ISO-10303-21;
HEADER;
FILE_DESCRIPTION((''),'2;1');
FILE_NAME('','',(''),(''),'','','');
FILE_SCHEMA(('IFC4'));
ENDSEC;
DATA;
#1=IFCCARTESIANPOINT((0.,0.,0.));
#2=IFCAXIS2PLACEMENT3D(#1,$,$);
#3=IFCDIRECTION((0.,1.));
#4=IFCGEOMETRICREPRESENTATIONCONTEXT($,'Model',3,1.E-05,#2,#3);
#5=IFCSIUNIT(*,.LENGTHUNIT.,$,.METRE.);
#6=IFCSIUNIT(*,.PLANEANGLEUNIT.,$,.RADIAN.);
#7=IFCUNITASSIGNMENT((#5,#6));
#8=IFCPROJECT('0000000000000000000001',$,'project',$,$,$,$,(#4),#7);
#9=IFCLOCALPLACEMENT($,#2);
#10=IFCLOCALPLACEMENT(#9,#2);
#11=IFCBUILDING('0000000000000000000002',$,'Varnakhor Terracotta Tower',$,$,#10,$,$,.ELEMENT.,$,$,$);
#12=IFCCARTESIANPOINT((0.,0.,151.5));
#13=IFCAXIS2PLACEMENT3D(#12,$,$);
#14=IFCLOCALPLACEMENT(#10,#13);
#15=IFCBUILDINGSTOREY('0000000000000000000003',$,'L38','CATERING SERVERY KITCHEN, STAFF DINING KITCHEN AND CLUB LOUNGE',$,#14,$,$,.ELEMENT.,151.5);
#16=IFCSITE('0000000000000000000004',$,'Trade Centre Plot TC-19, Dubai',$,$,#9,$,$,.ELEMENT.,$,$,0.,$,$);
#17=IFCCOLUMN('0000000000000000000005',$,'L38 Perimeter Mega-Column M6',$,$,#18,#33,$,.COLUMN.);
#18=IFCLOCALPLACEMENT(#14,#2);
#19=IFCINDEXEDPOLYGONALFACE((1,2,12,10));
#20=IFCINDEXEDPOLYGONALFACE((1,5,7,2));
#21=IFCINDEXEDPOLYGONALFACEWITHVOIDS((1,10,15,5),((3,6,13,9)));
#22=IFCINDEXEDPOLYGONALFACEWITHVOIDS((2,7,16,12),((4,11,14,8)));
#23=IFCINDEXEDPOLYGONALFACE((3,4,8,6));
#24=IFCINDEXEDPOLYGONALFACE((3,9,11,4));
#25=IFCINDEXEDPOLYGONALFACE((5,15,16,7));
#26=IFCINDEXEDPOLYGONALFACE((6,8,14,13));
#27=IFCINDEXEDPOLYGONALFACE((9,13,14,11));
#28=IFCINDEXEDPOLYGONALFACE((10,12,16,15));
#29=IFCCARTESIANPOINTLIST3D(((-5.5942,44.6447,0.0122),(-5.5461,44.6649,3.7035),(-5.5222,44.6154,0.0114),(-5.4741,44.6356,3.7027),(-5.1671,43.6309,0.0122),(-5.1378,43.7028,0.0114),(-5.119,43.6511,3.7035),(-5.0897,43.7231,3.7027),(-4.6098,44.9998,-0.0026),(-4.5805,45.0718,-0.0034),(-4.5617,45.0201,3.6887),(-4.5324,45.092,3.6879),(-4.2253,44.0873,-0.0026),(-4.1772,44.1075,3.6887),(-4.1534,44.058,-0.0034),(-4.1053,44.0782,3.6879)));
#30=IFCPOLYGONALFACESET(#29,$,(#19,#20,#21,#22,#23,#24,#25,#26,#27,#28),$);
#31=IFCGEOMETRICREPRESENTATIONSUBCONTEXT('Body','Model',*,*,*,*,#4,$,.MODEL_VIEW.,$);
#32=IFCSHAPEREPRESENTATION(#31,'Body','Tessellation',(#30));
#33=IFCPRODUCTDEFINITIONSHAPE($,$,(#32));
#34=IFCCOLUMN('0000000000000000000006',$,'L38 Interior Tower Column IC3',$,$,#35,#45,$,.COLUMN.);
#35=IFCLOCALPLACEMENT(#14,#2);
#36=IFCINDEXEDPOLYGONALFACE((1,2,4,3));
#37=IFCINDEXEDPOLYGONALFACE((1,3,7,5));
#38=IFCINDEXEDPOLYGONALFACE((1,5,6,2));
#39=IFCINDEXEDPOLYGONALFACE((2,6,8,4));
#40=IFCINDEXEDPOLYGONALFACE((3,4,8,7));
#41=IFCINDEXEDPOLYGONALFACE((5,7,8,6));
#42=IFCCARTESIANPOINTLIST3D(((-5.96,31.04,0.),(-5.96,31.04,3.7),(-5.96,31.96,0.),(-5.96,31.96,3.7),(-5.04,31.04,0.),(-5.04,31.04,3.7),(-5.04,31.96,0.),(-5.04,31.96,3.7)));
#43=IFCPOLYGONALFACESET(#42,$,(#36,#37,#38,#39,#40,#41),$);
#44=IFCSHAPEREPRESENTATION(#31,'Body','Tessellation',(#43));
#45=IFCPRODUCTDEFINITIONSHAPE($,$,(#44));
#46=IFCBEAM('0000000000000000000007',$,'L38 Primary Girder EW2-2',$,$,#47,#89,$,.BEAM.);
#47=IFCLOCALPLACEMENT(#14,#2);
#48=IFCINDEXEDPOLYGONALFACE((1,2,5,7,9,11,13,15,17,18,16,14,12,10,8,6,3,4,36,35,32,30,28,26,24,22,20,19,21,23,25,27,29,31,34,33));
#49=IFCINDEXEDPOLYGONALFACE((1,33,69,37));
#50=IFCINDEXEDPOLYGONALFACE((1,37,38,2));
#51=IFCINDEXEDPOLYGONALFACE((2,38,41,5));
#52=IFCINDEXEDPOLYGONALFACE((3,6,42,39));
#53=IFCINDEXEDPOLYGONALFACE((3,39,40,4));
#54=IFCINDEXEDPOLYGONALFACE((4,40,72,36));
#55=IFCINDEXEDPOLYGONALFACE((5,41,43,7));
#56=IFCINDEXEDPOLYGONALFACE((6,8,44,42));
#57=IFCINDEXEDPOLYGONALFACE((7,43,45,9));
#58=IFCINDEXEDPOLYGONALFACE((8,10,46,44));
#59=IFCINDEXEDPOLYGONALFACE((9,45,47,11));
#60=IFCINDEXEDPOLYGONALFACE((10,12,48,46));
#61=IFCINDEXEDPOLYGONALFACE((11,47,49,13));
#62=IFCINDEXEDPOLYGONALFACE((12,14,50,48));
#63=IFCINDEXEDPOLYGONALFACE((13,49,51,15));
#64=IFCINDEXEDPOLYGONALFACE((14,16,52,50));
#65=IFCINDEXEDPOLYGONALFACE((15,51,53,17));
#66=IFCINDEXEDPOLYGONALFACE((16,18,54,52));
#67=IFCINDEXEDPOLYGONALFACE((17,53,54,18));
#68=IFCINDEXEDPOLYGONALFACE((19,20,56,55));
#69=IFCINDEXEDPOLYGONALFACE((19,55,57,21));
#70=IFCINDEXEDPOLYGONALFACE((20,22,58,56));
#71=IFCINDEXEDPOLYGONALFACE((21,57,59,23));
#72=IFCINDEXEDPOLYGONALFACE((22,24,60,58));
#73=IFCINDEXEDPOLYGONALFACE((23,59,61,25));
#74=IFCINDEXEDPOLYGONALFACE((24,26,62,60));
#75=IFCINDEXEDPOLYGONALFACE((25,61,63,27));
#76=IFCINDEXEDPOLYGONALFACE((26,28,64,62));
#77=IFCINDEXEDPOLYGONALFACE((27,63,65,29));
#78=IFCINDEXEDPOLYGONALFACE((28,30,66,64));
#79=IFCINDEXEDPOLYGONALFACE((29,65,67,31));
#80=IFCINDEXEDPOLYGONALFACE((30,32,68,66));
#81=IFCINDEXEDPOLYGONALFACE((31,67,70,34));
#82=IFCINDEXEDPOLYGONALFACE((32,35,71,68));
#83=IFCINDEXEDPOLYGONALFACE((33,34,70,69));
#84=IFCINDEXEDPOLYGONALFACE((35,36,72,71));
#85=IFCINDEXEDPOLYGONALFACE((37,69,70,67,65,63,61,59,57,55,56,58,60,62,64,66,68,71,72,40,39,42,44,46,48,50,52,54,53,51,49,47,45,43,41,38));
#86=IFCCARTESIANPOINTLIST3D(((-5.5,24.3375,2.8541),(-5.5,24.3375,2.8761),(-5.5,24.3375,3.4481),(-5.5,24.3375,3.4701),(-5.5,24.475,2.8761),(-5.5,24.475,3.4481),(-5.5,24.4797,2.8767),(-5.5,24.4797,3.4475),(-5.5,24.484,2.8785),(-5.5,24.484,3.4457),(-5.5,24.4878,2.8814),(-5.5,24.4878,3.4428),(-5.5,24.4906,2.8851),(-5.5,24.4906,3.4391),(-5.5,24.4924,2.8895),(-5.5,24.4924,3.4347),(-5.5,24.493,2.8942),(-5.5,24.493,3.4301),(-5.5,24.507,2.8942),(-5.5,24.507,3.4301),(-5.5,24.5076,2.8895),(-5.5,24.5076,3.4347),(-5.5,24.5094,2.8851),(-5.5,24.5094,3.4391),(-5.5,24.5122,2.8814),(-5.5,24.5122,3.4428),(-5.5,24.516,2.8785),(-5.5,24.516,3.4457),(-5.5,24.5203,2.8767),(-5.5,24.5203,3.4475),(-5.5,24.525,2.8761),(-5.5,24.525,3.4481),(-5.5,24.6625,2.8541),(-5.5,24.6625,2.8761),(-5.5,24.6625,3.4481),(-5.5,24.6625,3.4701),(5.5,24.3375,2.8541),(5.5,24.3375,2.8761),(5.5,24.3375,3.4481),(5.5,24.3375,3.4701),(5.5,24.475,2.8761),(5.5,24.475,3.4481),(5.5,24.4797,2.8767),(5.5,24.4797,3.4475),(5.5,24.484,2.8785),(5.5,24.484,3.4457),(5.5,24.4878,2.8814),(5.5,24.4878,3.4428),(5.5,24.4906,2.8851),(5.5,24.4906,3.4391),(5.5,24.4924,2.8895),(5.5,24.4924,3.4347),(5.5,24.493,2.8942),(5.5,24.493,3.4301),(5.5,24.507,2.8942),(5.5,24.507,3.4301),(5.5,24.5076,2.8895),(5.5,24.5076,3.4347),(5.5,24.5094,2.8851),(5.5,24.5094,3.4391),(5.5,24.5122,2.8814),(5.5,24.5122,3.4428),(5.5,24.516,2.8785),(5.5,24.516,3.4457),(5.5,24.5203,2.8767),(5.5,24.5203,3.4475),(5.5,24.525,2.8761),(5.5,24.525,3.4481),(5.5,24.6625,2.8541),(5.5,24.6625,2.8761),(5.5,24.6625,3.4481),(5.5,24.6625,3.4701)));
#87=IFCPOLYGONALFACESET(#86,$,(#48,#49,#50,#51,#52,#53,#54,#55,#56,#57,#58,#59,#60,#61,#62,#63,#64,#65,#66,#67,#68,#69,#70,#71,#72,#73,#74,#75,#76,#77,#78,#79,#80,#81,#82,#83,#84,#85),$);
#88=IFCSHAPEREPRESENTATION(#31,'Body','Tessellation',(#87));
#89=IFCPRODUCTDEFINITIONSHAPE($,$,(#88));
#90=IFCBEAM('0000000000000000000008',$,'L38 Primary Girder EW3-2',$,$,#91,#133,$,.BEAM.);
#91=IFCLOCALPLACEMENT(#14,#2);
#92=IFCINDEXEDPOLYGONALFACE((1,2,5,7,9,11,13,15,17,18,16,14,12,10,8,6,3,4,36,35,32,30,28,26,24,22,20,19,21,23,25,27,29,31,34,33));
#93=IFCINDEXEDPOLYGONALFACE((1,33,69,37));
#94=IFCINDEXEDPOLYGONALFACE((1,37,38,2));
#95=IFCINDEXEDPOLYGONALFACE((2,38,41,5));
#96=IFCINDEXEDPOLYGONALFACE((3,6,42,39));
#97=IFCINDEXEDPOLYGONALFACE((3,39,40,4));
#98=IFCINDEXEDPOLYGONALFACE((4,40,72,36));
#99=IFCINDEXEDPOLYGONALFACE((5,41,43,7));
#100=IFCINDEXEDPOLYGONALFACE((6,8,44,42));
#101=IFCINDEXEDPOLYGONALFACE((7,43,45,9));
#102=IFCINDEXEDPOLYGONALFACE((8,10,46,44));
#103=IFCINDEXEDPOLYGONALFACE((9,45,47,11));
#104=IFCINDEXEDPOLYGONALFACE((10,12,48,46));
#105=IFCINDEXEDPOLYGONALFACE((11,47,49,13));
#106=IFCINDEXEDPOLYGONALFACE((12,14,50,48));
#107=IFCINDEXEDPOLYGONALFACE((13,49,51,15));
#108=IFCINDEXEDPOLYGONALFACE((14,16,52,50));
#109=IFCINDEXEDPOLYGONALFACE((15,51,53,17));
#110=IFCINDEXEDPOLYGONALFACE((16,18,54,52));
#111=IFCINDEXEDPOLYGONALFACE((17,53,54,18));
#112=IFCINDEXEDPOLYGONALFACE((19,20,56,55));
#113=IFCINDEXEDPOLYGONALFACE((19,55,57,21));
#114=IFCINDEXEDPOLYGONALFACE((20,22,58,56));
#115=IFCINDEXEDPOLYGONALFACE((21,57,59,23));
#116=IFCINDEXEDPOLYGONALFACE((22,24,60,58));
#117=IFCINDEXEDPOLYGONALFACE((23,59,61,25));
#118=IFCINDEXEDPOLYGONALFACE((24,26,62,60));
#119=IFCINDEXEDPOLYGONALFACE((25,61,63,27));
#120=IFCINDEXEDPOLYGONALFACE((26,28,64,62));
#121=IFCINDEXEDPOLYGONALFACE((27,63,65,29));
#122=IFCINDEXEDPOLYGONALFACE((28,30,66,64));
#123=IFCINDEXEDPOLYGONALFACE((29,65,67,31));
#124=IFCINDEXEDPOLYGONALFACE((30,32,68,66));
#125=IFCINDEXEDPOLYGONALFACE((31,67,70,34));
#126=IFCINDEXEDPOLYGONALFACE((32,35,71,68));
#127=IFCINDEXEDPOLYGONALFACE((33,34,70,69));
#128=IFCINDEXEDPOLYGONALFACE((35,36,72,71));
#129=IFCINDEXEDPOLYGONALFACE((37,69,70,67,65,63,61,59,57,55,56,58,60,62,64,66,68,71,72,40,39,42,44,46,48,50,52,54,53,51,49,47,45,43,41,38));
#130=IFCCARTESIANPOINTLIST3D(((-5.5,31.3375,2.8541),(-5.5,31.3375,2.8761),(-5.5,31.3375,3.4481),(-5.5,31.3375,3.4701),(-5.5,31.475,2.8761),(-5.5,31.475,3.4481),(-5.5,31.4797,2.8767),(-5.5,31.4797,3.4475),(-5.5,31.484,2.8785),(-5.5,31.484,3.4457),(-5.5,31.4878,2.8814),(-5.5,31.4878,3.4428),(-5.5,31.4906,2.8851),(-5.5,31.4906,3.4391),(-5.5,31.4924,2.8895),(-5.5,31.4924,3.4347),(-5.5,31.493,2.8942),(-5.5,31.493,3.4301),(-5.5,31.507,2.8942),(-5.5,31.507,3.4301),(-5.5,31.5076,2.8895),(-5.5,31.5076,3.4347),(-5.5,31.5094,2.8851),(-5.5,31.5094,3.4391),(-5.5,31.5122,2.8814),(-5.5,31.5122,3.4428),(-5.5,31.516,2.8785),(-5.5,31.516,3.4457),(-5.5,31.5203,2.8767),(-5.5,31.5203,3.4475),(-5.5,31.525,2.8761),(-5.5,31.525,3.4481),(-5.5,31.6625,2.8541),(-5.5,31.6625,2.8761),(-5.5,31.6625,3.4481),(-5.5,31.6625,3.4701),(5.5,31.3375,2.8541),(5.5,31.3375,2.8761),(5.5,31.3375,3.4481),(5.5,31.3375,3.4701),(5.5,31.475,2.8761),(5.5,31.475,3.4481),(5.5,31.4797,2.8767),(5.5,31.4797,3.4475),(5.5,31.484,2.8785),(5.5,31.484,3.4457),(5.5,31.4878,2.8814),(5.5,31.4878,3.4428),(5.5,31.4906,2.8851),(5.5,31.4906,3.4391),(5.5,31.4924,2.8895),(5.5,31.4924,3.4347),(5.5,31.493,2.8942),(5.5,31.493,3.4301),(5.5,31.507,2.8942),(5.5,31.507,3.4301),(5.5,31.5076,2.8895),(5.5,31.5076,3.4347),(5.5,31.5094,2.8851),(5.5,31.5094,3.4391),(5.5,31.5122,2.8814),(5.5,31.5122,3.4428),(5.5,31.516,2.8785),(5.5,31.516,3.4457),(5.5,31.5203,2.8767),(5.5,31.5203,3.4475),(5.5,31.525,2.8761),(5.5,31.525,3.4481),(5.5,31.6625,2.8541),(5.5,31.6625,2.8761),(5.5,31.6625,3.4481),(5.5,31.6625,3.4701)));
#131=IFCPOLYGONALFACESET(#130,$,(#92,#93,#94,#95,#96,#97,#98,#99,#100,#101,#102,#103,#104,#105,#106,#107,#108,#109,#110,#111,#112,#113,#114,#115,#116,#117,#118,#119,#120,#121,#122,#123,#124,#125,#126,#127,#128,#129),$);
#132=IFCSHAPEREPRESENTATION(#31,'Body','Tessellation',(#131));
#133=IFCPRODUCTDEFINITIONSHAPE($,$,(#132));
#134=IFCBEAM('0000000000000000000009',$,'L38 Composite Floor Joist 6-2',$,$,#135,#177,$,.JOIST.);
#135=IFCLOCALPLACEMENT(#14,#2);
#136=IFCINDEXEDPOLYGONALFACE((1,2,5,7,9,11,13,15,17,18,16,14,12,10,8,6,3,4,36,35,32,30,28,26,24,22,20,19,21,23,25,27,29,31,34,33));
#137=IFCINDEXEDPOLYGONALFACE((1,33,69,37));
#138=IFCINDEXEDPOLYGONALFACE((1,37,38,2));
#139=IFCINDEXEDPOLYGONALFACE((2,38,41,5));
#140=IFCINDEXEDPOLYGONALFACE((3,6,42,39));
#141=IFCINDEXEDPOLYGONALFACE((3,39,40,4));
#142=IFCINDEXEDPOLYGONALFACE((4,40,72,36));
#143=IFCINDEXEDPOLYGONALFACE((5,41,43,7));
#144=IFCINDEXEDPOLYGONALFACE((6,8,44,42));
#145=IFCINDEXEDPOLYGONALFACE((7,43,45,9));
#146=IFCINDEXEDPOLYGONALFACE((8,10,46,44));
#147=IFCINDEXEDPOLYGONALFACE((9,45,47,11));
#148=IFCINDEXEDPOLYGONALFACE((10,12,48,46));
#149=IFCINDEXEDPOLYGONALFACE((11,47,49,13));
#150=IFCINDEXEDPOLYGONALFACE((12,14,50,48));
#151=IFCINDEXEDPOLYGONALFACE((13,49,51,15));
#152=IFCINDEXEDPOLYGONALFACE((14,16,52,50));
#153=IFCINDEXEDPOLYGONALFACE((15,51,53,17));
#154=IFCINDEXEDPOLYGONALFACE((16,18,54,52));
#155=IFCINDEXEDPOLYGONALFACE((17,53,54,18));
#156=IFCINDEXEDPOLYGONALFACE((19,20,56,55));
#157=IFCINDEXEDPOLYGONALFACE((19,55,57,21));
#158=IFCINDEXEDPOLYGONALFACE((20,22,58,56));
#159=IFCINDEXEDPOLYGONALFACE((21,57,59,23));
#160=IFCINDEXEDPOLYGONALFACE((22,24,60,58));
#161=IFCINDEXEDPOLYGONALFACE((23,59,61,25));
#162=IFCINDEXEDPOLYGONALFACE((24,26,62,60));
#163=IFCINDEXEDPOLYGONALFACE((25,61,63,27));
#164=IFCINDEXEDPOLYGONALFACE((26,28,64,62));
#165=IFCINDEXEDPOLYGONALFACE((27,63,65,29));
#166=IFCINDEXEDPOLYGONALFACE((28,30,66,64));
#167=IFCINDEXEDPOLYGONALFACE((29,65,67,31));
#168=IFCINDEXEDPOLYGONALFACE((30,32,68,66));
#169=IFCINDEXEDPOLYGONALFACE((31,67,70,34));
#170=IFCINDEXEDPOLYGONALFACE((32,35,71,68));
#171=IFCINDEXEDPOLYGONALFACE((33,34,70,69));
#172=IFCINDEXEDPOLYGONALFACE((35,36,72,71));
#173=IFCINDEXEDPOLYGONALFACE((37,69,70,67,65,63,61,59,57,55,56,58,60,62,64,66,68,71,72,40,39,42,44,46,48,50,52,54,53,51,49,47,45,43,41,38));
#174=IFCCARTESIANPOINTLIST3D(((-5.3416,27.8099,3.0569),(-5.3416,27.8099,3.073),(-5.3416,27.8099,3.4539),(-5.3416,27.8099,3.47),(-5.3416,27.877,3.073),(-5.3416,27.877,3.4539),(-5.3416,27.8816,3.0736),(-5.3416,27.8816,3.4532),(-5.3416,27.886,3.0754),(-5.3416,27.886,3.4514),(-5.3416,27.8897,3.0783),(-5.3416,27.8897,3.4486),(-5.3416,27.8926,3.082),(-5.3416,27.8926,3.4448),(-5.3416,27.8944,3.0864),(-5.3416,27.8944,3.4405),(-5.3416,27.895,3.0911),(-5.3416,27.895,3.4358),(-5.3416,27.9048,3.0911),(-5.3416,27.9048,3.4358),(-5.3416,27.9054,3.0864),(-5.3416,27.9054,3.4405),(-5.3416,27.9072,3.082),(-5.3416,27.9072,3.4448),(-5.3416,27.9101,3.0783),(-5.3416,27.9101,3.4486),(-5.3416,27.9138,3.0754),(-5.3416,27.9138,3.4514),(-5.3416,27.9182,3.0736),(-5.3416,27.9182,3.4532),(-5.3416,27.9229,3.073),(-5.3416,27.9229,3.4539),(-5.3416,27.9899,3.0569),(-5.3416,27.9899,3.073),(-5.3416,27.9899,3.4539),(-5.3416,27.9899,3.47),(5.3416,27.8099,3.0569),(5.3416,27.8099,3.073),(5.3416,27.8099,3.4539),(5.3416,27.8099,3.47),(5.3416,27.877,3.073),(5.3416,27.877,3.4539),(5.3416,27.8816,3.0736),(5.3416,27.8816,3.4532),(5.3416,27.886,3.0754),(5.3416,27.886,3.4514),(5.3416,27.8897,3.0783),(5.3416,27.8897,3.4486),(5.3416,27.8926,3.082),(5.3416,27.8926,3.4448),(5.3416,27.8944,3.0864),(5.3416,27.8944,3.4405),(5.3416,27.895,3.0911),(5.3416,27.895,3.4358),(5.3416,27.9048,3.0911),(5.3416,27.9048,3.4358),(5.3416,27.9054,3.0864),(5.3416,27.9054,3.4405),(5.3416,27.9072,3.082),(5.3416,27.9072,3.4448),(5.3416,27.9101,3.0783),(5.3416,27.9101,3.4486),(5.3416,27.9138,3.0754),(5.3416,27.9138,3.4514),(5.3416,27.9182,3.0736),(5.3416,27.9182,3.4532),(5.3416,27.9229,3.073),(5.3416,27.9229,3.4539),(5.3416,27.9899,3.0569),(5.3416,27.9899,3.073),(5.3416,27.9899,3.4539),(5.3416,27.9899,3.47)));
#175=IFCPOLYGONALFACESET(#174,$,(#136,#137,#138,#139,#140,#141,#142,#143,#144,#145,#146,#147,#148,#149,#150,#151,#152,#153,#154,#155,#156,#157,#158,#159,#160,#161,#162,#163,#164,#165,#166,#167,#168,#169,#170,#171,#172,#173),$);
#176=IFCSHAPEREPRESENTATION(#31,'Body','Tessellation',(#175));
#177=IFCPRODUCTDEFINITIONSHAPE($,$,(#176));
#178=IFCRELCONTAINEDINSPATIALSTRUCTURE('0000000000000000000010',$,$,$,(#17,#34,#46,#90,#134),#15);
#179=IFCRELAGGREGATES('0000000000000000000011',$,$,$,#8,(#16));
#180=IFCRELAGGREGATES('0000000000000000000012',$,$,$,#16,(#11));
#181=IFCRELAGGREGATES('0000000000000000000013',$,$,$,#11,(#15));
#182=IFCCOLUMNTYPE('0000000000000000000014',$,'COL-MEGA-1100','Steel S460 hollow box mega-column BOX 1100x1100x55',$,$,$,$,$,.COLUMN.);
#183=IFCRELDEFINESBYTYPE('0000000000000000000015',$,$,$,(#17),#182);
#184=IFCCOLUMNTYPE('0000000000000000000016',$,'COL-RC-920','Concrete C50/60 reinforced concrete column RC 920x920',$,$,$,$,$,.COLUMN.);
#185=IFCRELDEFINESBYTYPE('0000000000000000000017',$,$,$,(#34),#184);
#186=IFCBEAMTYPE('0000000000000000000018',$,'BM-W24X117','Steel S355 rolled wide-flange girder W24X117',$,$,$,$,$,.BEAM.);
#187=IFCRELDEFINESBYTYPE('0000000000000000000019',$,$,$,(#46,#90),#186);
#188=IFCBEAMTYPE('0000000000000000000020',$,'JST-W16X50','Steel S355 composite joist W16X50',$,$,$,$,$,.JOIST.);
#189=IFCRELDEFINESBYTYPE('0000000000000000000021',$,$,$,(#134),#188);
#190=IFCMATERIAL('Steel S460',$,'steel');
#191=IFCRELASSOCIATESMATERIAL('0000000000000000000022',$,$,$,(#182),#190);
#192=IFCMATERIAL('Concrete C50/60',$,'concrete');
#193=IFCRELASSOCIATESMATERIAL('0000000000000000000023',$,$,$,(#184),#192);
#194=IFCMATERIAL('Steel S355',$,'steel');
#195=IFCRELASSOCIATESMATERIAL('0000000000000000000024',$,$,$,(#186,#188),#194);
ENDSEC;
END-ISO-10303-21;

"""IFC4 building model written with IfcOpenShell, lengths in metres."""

from ifc_helpers import new_model, si_unit, direction, frame, origin, origin_2d, place, context, subcontext, project, spatial, rectangle, hollow_rectangle, i_section, extrude, source, transform, mapped, material, material_profile, profile_set, type_object, element, save


model = new_model("IFC4")

# Units and contexts
model_context = context("Model", 3, precision=1e-05, world=origin(), true_north=direction((0.0, 1.0)))
body_context = subcontext(model_context, "Body", "Model", "MODEL_VIEW")
ifc_project = project(units=[si_unit("LENGTHUNIT", "METRE"), si_unit("PLANEANGLEUNIT", "RADIAN")], contexts=[model_context])

# Site, building, storey
site_placement = place(None, origin())
site = spatial("IfcSite", under=ifc_project, at=site_placement, Name="Trade Centre Plot TC-19, Dubai", CompositionType="ELEMENT", RefElevation=0.0)
building_placement = place(site_placement, origin())
building = spatial("IfcBuilding", under=site, at=building_placement, Name="Varnakhor Terracotta Tower", CompositionType="ELEMENT")
storey_placement = place(building_placement, frame((0.0, 0.0, 151.5)))
storey = spatial("IfcBuildingStorey", under=building, at=storey_placement, Name="L38", Description="CATERING SERVERY KITCHEN, STAFF DINING KITCHEN AND CLUB LOUNGE", CompositionType="ELEMENT", Elevation=151.5)

# Columns
ifc_material_1 = material(Name="Steel S460", Category="steel")
ifc_material_profile_1 = material_profile(ifc_material_1, hollow_rectangle(XDim=1.1001, YDim=1.1001, WallThickness=0.0549, at=origin_2d()), Name="BOX 1100x1100x55")
ifc_profile_set_1 = profile_set([ifc_material_profile_1], Name="Steel S460")
column_type_1 = type_object("IfcColumnType", Name="COL-MEGA-1100", Description="Steel S460 hollow box mega-column BOX 1100x1100x55", PredefinedType="COLUMN", material=ifc_profile_set_1)
shared_shape_1 = source(origin(), body_context, "Body", "SweptSolid", [
    extrude(hollow_rectangle(XDim=1.1001, YDim=1.1001, WallThickness=0.0549, at=origin_2d()), origin(), (0.0, 0.0, 1.0), 3.6917),
])
column_1_placement = place(storey_placement, frame((-4.8738, 44.3513, 0.0044), z_axis=(0.013029, 0.005489, 0.9999), x_axis=(-0.388266, 0.921547, 0.0)))
element("IfcColumn", 1, at=column_1_placement, inside=storey, type_object=column_type_1, Name="L38 Perimeter Mega-Column M6", PredefinedType="COLUMN", context=body_context, shape_type="MappedRepresentation", body=[
    mapped(shared_shape_1, transform((0.0, 0.0, 0.0), scale=1.0)),
])
ifc_material_2 = material(Name="Concrete C50/60", Category="concrete")
ifc_material_profile_2 = material_profile(ifc_material_2, rectangle(XDim=0.9199, YDim=0.9199, at=origin_2d()), Name="RC 920x920")
ifc_profile_set_2 = profile_set([ifc_material_profile_2], Name="Concrete C50/60")
column_type_2 = type_object("IfcColumnType", Name="COL-RC-920", Description="Concrete C50/60 reinforced concrete column RC 920x920", PredefinedType="COLUMN", material=ifc_profile_set_2)
shared_shape_2 = source(origin(), body_context, "Body", "SweptSolid", [
    extrude(rectangle(XDim=0.9199, YDim=0.9199, at=origin_2d()), origin(), (0.0, 0.0, 1.0), 3.7),
])
column_2_placement = place(storey_placement, frame((-5.5, 31.5, 0.0), z_axis=(0.0, 0.0, 1.0), x_axis=(1.0, 0.0, 0.0)))
element("IfcColumn", 2, at=column_2_placement, inside=storey, type_object=column_type_2, Name="L38 Interior Tower Column IC3", PredefinedType="COLUMN", context=body_context, shape_type="MappedRepresentation", body=[
    mapped(shared_shape_2, transform((0.0, 0.0, 0.0), scale=1.0)),
])

# Beams
ifc_material_3 = material(Name="Steel S355", Category="steel")
ifc_material_profile_3 = material_profile(ifc_material_3, i_section(OverallWidth=0.325, OverallDepth=0.616, WebThickness=0.0139, FlangeThickness=0.022, FilletRadius=0.0181, at=origin_2d()), Name="W24X117")
ifc_profile_set_3 = profile_set([ifc_material_profile_3], Name="Steel S355")
beam_type_1 = type_object("IfcBeamType", Name="BM-W24X117", Description="Steel S355 rolled wide-flange girder W24X117", PredefinedType="BEAM", material=ifc_profile_set_3)
shared_shape_3 = source(origin(), body_context, "Body", "SweptSolid", [
    extrude(i_section(OverallWidth=0.325, OverallDepth=0.616, WebThickness=0.0139, FlangeThickness=0.022, FilletRadius=0.0181, at=origin_2d()), origin(), (0.0, 0.0, 1.0), 11.0),
])
for number, where, z_axis, x_axis, name in (
    (3, (-5.5, 24.5, 3.1621), (1.0, 0.0, 0.0), (0.0, 1.0, 0.0), "L38 Primary Girder EW2-2"),
    (4, (-5.5, 31.5, 3.1621), (1.0, 0.0, 0.0), (0.0, 1.0, 0.0), "L38 Primary Girder EW3-2"),
):
    element("IfcBeam", number, at=place(storey_placement, frame(where, z_axis=z_axis, x_axis=x_axis)), inside=storey, type_object=beam_type_1, Name=name, PredefinedType="BEAM", context=body_context, shape_type="MappedRepresentation", body=[
        mapped(shared_shape_3, transform((0.0, 0.0, 0.0), scale=1.0)),
    ])
ifc_material_profile_4 = material_profile(ifc_material_3, i_section(OverallWidth=0.1799, OverallDepth=0.4131, WebThickness=0.0098, FlangeThickness=0.0161, FilletRadius=0.0181, at=origin_2d()), Name="W16X50")
ifc_profile_set_4 = profile_set([ifc_material_profile_4], Name="Steel S355")
beam_type_2 = type_object("IfcBeamType", Name="JST-W16X50", Description="Steel S355 composite joist W16X50", PredefinedType="JOIST", material=ifc_profile_set_4)
shared_shape_4 = source(origin(), body_context, "Body", "SweptSolid", [
    extrude(i_section(OverallWidth=0.1799, OverallDepth=0.4131, WebThickness=0.0098, FlangeThickness=0.0161, FilletRadius=0.0181, at=origin_2d()), origin(), (0.0, 0.0, 1.0), 10.6831),
])
for number, where, z_axis, x_axis, name in (
    (5, (-5.3416, 27.8999, 3.2634), (1.0, 0.0, 0.0), (0.0, 1.0, 0.0), "L38 Composite Floor Joist 6-2"),
):
    element("IfcBeam", number, at=place(storey_placement, frame(where, z_axis=z_axis, x_axis=x_axis)), inside=storey, type_object=beam_type_2, Name=name, PredefinedType="JOIST", context=body_context, shape_type="MappedRepresentation", body=[
        mapped(shared_shape_4, transform((0.0, 0.0, 0.0), scale=1.0)),
    ])

save(model, "model.ifc")
